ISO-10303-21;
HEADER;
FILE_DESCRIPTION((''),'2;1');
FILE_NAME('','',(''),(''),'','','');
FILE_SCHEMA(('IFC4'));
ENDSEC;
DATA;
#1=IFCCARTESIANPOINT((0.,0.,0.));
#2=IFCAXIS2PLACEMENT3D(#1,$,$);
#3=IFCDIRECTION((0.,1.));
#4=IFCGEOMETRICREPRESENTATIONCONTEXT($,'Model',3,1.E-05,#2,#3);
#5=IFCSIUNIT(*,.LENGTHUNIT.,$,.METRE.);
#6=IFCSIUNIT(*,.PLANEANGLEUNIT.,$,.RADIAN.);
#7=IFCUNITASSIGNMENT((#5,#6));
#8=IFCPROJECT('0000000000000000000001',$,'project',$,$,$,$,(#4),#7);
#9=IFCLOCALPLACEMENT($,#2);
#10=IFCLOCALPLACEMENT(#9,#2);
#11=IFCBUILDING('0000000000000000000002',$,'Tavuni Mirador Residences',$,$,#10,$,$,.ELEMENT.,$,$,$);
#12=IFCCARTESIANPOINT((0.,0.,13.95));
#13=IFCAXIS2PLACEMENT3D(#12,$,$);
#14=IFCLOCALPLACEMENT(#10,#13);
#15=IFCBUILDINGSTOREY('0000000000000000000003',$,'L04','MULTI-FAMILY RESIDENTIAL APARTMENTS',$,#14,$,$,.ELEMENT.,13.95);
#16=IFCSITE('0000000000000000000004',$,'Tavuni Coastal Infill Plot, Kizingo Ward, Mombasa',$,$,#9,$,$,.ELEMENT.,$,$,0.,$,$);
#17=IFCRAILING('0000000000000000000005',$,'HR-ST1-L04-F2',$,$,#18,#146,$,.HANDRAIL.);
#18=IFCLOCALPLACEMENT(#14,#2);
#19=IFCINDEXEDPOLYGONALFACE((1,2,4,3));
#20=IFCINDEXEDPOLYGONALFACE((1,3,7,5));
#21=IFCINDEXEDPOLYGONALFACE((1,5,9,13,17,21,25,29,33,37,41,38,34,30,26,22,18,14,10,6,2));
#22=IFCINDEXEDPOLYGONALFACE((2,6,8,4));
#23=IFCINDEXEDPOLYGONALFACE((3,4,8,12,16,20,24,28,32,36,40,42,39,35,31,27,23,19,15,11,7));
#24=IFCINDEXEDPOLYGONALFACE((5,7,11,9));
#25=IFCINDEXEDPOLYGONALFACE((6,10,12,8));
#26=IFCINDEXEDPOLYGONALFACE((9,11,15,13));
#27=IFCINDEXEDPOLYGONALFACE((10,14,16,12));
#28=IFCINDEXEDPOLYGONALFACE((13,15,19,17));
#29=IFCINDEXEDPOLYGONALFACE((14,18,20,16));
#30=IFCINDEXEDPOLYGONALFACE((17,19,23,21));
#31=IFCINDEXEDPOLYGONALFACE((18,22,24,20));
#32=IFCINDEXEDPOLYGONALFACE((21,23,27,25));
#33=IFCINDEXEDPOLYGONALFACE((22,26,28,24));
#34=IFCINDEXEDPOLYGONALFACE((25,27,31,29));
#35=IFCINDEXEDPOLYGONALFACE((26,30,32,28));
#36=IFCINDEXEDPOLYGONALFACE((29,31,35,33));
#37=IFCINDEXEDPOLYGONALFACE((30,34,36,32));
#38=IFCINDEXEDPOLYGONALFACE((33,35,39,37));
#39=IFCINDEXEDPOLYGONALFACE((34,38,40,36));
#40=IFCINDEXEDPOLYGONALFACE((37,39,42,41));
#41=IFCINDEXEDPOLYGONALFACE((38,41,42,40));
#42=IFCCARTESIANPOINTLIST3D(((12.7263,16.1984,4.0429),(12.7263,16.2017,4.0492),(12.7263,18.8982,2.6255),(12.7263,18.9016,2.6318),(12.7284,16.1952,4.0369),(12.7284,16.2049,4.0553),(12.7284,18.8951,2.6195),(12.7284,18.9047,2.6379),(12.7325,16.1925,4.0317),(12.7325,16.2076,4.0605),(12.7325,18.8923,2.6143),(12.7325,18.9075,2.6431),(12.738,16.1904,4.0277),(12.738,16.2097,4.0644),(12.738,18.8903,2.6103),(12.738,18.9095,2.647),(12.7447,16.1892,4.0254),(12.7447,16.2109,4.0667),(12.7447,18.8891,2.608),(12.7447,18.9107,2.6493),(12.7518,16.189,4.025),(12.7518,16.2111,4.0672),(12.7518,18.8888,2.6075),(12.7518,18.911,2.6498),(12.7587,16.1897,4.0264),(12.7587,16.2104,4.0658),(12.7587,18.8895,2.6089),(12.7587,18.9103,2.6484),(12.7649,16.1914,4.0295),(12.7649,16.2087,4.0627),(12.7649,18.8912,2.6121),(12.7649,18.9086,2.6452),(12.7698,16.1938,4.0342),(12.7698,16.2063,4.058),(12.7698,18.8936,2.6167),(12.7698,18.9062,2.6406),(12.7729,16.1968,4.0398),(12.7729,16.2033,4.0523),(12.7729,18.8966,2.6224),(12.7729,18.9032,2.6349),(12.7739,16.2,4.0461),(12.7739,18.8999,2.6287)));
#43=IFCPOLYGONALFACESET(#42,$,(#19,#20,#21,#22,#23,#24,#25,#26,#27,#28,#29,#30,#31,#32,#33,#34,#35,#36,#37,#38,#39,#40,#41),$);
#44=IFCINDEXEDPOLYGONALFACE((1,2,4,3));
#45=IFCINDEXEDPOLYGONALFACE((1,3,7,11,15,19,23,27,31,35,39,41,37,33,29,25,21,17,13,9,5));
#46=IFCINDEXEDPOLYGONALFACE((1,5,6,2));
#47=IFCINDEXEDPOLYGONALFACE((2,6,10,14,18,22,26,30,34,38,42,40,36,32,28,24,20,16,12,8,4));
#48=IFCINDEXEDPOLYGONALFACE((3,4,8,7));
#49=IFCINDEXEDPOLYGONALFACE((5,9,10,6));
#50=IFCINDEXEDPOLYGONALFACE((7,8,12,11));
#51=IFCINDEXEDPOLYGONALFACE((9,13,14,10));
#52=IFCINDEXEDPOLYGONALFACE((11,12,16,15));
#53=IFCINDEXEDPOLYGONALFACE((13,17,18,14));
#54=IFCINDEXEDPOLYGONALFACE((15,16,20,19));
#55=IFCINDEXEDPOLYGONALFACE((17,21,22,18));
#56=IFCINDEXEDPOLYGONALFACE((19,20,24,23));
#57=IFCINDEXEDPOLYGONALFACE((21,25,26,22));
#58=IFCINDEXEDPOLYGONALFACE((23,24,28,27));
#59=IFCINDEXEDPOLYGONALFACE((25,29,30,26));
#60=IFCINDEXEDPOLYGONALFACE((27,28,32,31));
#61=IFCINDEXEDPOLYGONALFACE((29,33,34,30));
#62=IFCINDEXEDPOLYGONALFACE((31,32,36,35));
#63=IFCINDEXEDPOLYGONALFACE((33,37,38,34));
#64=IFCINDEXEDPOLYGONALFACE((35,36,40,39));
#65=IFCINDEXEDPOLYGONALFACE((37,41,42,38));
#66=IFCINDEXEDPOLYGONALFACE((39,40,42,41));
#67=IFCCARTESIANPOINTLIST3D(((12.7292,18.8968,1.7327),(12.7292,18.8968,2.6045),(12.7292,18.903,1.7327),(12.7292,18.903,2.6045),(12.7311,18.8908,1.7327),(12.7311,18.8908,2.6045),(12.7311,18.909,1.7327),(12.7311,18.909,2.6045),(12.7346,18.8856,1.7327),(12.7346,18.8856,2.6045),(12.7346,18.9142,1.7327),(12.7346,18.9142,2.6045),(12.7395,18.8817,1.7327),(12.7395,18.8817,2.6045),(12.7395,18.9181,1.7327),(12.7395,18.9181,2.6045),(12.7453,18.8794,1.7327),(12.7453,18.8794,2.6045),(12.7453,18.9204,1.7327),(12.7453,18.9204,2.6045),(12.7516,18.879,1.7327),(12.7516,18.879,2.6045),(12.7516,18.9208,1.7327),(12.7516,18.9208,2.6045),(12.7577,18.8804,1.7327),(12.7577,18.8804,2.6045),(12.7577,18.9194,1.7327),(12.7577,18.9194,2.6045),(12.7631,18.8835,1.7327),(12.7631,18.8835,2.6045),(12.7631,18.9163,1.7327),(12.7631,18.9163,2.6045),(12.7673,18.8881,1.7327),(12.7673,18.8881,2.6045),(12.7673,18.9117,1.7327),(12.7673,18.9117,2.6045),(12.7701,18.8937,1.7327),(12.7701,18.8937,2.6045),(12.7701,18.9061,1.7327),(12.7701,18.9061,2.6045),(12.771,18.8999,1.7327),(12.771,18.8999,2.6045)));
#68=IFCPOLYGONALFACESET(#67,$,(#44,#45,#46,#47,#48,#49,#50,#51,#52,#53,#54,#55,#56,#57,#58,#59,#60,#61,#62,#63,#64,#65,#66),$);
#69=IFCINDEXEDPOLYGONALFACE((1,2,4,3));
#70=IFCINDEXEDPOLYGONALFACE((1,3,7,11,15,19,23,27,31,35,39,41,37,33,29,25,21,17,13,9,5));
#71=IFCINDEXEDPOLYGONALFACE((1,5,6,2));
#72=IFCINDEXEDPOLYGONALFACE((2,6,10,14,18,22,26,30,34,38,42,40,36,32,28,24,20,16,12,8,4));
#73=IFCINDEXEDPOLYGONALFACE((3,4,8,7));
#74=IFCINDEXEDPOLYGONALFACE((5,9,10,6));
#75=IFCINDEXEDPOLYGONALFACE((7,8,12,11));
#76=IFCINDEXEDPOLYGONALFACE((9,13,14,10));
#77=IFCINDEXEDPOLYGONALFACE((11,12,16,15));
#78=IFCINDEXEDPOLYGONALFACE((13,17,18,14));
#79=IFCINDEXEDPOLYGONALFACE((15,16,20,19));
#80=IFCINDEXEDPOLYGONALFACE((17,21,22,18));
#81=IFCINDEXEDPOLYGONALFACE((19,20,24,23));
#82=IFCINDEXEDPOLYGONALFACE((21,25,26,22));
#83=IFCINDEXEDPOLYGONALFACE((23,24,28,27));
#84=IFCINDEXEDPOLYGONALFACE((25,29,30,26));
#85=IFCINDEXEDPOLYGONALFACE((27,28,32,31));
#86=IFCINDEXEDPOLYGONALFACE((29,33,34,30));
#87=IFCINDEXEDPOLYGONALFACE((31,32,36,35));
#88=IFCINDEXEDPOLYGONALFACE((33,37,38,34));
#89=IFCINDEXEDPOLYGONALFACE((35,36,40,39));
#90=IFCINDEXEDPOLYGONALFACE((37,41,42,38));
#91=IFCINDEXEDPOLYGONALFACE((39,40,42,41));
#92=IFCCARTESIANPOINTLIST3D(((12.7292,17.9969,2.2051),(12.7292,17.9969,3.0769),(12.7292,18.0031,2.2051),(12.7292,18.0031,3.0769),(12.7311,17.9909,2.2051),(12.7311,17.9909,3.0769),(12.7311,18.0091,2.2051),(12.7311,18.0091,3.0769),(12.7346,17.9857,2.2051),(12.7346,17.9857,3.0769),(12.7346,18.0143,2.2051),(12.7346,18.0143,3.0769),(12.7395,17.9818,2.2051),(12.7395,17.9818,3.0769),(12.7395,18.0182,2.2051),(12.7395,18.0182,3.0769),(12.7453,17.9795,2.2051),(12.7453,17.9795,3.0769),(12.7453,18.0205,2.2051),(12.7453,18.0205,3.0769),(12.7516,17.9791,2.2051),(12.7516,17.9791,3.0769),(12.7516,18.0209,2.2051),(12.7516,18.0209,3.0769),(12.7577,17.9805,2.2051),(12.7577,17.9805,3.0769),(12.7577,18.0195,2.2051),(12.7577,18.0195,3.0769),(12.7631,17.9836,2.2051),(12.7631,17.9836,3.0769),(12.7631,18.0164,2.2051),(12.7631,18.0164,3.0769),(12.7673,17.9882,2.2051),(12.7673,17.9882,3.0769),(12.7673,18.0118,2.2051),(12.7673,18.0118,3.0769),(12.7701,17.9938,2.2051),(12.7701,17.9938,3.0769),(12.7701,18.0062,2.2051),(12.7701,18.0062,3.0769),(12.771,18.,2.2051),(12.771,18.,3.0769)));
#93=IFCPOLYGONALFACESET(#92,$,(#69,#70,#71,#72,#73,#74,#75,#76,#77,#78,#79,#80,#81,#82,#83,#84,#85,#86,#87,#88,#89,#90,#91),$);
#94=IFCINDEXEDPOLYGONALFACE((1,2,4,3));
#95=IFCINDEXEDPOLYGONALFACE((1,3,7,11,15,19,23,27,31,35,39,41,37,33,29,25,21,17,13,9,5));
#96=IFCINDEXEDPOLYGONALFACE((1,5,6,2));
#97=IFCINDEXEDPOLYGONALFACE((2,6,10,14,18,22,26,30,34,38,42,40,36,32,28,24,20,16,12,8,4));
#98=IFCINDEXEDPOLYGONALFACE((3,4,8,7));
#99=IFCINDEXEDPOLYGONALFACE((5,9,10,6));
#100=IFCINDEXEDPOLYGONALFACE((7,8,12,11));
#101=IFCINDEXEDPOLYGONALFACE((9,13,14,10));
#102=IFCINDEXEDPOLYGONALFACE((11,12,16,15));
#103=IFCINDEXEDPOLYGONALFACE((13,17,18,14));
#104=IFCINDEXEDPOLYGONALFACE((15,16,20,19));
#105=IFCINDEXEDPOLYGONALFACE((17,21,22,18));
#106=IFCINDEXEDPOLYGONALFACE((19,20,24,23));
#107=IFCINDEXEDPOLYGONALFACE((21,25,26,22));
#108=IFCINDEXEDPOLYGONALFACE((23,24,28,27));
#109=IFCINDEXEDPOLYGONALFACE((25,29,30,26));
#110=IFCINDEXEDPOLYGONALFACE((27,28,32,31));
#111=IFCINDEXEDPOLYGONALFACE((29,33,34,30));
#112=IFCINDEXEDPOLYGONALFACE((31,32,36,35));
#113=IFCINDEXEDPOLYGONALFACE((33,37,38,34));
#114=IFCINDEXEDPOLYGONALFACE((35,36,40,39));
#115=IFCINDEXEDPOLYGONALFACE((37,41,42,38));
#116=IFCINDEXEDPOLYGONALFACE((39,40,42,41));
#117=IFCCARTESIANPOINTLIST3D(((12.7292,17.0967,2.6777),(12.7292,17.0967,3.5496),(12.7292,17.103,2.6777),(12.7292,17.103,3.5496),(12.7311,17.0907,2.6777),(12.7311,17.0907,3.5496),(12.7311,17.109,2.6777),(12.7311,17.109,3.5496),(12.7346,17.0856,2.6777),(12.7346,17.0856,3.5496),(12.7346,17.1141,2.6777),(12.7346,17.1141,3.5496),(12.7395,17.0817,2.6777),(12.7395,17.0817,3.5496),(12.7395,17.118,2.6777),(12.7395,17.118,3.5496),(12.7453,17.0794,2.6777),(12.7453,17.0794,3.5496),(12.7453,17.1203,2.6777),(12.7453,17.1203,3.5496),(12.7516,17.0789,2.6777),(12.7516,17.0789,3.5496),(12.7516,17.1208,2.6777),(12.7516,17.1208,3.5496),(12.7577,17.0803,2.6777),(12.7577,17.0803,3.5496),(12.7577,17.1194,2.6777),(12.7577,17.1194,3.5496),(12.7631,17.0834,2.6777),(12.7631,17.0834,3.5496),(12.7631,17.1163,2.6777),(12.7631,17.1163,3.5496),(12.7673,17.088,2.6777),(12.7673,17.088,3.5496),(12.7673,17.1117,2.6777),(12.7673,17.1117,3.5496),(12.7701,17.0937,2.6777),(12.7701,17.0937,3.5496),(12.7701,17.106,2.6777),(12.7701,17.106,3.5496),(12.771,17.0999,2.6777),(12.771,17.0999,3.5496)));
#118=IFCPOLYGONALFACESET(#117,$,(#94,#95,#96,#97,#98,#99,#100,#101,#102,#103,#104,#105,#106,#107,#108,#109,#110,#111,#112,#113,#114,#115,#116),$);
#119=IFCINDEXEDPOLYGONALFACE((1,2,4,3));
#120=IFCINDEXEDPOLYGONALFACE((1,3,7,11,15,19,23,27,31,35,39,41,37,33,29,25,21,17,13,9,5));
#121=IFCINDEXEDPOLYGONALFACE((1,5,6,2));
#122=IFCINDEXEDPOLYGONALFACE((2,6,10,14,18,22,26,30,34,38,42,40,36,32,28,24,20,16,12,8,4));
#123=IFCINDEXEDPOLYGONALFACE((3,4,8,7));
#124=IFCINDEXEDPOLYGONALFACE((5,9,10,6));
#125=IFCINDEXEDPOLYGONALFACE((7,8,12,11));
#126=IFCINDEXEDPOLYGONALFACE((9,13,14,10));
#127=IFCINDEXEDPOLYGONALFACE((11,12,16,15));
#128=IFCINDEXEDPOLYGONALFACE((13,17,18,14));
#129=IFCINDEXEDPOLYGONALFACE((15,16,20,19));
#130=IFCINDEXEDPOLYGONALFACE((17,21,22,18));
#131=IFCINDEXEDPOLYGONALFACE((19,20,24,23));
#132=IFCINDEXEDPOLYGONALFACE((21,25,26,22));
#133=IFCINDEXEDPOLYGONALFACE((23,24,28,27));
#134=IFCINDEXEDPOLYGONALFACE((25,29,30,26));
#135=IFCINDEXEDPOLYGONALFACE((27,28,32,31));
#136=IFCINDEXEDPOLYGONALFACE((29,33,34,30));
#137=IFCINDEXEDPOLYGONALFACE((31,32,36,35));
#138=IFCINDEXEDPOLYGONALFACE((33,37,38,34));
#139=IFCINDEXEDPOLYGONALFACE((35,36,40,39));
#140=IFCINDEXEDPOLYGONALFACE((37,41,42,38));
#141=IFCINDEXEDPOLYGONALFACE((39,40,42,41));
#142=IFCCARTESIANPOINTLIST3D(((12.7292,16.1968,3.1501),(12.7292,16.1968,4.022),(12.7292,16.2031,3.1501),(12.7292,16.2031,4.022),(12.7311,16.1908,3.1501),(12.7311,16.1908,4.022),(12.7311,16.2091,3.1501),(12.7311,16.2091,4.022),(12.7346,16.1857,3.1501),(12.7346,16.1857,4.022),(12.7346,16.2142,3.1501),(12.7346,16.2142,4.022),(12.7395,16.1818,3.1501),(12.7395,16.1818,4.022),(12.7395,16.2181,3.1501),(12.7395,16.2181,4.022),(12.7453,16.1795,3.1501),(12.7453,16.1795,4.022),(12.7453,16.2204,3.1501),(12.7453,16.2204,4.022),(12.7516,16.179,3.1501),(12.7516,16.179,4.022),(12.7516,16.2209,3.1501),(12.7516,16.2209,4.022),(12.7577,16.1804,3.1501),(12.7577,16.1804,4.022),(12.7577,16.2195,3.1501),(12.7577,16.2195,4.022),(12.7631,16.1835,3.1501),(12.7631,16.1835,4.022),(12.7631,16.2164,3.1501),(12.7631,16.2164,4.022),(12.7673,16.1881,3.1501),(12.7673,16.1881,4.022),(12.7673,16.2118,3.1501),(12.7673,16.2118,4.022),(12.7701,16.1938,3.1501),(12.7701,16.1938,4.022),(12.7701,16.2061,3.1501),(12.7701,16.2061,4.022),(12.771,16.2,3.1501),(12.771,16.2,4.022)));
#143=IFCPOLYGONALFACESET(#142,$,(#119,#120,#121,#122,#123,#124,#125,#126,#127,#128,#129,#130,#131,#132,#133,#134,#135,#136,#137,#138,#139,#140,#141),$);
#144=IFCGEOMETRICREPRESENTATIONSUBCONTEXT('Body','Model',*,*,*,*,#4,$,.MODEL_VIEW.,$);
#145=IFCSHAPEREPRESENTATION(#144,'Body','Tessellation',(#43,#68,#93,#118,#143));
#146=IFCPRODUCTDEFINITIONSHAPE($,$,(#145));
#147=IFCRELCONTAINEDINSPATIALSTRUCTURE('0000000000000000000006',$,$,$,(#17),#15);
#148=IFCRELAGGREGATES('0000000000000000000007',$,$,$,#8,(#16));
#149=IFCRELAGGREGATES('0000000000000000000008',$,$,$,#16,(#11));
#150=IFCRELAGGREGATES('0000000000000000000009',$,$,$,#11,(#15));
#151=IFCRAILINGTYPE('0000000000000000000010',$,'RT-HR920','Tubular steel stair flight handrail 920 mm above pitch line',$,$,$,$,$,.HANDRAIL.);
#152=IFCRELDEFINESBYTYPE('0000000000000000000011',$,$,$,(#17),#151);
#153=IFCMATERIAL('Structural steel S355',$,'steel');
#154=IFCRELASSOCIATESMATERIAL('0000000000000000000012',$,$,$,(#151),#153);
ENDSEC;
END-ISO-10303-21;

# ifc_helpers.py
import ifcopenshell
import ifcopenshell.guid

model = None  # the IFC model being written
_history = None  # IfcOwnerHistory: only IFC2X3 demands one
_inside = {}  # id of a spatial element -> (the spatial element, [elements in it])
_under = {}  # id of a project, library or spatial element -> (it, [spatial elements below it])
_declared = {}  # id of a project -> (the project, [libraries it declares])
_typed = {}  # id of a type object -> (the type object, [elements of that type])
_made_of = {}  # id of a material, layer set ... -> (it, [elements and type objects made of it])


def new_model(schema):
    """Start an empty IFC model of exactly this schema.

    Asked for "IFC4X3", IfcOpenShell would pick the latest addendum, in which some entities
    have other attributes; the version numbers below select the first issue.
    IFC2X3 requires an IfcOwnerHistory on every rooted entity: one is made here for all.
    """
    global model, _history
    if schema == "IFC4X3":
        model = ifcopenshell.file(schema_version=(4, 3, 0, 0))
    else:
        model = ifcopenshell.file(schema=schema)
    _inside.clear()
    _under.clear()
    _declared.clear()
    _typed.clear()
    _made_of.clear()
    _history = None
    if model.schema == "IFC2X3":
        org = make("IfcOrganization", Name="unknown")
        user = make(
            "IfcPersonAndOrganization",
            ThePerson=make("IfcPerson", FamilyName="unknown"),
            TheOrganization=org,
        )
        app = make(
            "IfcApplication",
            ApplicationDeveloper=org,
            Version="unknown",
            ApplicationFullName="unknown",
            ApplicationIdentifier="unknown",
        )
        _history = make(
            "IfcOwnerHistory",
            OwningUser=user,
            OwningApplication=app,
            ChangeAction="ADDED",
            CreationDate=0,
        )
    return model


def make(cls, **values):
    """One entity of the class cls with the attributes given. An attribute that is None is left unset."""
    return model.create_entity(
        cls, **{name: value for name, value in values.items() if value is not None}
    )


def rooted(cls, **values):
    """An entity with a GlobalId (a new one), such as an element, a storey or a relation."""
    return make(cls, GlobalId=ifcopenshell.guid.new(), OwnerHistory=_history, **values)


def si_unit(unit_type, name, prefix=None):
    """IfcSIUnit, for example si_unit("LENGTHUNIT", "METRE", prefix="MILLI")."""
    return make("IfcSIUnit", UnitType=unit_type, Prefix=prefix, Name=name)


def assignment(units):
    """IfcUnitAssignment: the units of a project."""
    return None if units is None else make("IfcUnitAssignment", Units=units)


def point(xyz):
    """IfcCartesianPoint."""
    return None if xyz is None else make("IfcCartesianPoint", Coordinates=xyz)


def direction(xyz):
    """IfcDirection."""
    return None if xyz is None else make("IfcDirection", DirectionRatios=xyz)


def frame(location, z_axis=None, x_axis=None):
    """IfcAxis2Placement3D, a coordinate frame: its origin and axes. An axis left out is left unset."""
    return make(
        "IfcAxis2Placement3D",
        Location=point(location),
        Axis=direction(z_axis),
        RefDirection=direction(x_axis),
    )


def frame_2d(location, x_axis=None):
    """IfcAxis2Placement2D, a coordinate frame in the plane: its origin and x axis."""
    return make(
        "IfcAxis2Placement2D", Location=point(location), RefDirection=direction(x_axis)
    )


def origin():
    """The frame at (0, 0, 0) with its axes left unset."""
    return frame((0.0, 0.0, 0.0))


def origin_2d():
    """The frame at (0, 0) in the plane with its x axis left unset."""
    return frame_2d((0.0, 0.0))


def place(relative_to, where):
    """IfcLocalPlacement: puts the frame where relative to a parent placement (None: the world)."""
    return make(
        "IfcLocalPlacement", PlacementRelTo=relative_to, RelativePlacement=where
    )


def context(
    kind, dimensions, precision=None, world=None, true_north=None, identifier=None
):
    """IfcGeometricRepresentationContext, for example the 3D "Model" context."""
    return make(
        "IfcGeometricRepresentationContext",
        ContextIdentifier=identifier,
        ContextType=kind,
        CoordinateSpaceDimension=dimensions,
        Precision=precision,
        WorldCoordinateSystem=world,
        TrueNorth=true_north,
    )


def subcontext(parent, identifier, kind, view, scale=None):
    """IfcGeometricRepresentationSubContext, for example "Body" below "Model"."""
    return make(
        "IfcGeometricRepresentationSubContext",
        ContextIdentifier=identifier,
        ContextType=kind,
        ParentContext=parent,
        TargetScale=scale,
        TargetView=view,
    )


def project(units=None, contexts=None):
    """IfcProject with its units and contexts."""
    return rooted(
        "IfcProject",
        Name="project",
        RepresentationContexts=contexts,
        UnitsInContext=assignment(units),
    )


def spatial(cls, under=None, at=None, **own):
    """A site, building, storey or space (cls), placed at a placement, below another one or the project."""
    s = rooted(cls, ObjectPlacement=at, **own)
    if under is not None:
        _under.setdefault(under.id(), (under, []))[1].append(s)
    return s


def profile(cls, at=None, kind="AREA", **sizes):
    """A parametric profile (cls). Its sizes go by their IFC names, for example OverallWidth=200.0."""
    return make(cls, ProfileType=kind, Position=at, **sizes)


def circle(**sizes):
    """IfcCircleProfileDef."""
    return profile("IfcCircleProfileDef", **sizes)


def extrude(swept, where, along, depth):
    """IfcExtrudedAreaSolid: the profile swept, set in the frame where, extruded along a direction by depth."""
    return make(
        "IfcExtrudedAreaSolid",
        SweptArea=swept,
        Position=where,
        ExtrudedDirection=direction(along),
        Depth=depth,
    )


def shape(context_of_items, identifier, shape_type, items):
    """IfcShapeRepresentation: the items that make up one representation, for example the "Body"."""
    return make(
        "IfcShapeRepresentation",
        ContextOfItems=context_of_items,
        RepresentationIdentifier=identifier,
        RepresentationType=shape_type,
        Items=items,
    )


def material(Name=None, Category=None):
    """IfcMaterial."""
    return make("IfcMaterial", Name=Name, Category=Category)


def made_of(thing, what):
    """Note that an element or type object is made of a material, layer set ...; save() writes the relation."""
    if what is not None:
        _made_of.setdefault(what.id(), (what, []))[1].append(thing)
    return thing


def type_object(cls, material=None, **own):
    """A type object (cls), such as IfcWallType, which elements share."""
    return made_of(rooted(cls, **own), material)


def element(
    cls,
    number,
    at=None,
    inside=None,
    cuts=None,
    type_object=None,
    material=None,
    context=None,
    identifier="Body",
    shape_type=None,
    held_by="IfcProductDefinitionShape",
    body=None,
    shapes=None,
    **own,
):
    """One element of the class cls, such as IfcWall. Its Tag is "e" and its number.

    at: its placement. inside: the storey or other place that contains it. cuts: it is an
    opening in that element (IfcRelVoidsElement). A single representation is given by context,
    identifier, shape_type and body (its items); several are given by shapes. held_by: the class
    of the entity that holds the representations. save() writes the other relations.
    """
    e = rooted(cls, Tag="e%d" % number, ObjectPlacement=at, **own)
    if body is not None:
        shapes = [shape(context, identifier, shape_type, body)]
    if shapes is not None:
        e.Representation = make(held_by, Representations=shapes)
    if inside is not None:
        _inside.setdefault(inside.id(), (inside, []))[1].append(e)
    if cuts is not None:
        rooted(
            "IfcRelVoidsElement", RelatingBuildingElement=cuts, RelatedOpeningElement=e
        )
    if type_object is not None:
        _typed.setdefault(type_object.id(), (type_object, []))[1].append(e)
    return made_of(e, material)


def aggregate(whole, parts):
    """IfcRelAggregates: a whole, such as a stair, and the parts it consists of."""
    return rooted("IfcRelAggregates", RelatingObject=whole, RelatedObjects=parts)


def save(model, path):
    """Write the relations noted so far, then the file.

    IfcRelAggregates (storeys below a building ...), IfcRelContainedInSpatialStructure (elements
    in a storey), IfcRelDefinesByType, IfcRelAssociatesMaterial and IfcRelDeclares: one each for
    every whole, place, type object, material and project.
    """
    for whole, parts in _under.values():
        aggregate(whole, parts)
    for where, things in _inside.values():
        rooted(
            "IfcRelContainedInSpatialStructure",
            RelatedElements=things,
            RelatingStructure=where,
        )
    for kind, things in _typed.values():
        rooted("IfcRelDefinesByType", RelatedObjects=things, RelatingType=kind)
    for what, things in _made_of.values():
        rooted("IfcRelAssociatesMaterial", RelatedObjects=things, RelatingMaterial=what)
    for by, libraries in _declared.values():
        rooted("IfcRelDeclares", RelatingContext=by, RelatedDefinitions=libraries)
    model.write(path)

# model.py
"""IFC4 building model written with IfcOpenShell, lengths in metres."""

from ifc_helpers import new_model, si_unit, direction, frame, origin, origin_2d, place, context, subcontext, project, spatial, circle, extrude, material, type_object, element, save


model = new_model("IFC4")

# Units and contexts
model_context = context("Model", 3, precision=1e-05, world=origin(), true_north=direction((0.0, 1.0)))
body_context = subcontext(model_context, "Body", "Model", "MODEL_VIEW")
ifc_project = project(units=[si_unit("LENGTHUNIT", "METRE"), si_unit("PLANEANGLEUNIT", "RADIAN")], contexts=[model_context])

# Site, building, storey
site_placement = place(None, origin())
site = spatial("IfcSite", under=ifc_project, at=site_placement, Name="Tavuni Coastal Infill Plot, Kizingo Ward, Mombasa", CompositionType="ELEMENT", RefElevation=0.0)
building_placement = place(site_placement, origin())
building = spatial("IfcBuilding", under=site, at=building_placement, Name="Tavuni Mirador Residences", CompositionType="ELEMENT")
storey_placement = place(building_placement, frame((0.0, 0.0, 13.95)))
storey = spatial("IfcBuildingStorey", under=building, at=storey_placement, Name="L04", Description="MULTI-FAMILY RESIDENTIAL APARTMENTS", CompositionType="ELEMENT", Elevation=13.95)

# Shared definitions
ifc_material_1 = material(Name="Structural steel S355", Category="steel")

# Railing
railing_type_1 = type_object("IfcRailingType", Name="RT-HR920", Description="Tubular steel stair flight handrail 920 mm above pitch line", PredefinedType="HANDRAIL", material=ifc_material_1)
railing_1_placement = place(storey_placement, frame((12.75, 18.8999, 1.7327)))
element("IfcRailing", 1, at=railing_1_placement, inside=storey, type_object=railing_type_1, Name="HR-ST1-L04-F2", PredefinedType="HANDRAIL", context=body_context, shape_type="SweptSolid", body=[
    extrude(circle(Radius=0.0239, at=origin_2d()), frame((0.0, 0.0, 0.896), z_axis=(0.0, -0.885397, 0.464835), x_axis=(1.0, 0.0, 0.0)), (0.0, 0.0, 1.0), 3.0493),
    extrude(circle(Radius=0.021, at=origin_2d()), origin(), (0.0, 0.0, 1.0), 0.8718),
    extrude(circle(Radius=0.021, at=origin_2d()), frame((0.0, -0.8999, 0.4724)), (0.0, 0.0, 1.0), 0.8718),
    extrude(circle(Radius=0.021, at=origin_2d()), frame((0.0, -1.8, 0.9451)), (0.0, 0.0, 1.0), 0.8718),
    extrude(circle(Radius=0.021, at=origin_2d()), frame((0.0, -2.7, 1.4175)), (0.0, 0.0, 1.0), 0.8718),
])

save(model, "model.ifc")
